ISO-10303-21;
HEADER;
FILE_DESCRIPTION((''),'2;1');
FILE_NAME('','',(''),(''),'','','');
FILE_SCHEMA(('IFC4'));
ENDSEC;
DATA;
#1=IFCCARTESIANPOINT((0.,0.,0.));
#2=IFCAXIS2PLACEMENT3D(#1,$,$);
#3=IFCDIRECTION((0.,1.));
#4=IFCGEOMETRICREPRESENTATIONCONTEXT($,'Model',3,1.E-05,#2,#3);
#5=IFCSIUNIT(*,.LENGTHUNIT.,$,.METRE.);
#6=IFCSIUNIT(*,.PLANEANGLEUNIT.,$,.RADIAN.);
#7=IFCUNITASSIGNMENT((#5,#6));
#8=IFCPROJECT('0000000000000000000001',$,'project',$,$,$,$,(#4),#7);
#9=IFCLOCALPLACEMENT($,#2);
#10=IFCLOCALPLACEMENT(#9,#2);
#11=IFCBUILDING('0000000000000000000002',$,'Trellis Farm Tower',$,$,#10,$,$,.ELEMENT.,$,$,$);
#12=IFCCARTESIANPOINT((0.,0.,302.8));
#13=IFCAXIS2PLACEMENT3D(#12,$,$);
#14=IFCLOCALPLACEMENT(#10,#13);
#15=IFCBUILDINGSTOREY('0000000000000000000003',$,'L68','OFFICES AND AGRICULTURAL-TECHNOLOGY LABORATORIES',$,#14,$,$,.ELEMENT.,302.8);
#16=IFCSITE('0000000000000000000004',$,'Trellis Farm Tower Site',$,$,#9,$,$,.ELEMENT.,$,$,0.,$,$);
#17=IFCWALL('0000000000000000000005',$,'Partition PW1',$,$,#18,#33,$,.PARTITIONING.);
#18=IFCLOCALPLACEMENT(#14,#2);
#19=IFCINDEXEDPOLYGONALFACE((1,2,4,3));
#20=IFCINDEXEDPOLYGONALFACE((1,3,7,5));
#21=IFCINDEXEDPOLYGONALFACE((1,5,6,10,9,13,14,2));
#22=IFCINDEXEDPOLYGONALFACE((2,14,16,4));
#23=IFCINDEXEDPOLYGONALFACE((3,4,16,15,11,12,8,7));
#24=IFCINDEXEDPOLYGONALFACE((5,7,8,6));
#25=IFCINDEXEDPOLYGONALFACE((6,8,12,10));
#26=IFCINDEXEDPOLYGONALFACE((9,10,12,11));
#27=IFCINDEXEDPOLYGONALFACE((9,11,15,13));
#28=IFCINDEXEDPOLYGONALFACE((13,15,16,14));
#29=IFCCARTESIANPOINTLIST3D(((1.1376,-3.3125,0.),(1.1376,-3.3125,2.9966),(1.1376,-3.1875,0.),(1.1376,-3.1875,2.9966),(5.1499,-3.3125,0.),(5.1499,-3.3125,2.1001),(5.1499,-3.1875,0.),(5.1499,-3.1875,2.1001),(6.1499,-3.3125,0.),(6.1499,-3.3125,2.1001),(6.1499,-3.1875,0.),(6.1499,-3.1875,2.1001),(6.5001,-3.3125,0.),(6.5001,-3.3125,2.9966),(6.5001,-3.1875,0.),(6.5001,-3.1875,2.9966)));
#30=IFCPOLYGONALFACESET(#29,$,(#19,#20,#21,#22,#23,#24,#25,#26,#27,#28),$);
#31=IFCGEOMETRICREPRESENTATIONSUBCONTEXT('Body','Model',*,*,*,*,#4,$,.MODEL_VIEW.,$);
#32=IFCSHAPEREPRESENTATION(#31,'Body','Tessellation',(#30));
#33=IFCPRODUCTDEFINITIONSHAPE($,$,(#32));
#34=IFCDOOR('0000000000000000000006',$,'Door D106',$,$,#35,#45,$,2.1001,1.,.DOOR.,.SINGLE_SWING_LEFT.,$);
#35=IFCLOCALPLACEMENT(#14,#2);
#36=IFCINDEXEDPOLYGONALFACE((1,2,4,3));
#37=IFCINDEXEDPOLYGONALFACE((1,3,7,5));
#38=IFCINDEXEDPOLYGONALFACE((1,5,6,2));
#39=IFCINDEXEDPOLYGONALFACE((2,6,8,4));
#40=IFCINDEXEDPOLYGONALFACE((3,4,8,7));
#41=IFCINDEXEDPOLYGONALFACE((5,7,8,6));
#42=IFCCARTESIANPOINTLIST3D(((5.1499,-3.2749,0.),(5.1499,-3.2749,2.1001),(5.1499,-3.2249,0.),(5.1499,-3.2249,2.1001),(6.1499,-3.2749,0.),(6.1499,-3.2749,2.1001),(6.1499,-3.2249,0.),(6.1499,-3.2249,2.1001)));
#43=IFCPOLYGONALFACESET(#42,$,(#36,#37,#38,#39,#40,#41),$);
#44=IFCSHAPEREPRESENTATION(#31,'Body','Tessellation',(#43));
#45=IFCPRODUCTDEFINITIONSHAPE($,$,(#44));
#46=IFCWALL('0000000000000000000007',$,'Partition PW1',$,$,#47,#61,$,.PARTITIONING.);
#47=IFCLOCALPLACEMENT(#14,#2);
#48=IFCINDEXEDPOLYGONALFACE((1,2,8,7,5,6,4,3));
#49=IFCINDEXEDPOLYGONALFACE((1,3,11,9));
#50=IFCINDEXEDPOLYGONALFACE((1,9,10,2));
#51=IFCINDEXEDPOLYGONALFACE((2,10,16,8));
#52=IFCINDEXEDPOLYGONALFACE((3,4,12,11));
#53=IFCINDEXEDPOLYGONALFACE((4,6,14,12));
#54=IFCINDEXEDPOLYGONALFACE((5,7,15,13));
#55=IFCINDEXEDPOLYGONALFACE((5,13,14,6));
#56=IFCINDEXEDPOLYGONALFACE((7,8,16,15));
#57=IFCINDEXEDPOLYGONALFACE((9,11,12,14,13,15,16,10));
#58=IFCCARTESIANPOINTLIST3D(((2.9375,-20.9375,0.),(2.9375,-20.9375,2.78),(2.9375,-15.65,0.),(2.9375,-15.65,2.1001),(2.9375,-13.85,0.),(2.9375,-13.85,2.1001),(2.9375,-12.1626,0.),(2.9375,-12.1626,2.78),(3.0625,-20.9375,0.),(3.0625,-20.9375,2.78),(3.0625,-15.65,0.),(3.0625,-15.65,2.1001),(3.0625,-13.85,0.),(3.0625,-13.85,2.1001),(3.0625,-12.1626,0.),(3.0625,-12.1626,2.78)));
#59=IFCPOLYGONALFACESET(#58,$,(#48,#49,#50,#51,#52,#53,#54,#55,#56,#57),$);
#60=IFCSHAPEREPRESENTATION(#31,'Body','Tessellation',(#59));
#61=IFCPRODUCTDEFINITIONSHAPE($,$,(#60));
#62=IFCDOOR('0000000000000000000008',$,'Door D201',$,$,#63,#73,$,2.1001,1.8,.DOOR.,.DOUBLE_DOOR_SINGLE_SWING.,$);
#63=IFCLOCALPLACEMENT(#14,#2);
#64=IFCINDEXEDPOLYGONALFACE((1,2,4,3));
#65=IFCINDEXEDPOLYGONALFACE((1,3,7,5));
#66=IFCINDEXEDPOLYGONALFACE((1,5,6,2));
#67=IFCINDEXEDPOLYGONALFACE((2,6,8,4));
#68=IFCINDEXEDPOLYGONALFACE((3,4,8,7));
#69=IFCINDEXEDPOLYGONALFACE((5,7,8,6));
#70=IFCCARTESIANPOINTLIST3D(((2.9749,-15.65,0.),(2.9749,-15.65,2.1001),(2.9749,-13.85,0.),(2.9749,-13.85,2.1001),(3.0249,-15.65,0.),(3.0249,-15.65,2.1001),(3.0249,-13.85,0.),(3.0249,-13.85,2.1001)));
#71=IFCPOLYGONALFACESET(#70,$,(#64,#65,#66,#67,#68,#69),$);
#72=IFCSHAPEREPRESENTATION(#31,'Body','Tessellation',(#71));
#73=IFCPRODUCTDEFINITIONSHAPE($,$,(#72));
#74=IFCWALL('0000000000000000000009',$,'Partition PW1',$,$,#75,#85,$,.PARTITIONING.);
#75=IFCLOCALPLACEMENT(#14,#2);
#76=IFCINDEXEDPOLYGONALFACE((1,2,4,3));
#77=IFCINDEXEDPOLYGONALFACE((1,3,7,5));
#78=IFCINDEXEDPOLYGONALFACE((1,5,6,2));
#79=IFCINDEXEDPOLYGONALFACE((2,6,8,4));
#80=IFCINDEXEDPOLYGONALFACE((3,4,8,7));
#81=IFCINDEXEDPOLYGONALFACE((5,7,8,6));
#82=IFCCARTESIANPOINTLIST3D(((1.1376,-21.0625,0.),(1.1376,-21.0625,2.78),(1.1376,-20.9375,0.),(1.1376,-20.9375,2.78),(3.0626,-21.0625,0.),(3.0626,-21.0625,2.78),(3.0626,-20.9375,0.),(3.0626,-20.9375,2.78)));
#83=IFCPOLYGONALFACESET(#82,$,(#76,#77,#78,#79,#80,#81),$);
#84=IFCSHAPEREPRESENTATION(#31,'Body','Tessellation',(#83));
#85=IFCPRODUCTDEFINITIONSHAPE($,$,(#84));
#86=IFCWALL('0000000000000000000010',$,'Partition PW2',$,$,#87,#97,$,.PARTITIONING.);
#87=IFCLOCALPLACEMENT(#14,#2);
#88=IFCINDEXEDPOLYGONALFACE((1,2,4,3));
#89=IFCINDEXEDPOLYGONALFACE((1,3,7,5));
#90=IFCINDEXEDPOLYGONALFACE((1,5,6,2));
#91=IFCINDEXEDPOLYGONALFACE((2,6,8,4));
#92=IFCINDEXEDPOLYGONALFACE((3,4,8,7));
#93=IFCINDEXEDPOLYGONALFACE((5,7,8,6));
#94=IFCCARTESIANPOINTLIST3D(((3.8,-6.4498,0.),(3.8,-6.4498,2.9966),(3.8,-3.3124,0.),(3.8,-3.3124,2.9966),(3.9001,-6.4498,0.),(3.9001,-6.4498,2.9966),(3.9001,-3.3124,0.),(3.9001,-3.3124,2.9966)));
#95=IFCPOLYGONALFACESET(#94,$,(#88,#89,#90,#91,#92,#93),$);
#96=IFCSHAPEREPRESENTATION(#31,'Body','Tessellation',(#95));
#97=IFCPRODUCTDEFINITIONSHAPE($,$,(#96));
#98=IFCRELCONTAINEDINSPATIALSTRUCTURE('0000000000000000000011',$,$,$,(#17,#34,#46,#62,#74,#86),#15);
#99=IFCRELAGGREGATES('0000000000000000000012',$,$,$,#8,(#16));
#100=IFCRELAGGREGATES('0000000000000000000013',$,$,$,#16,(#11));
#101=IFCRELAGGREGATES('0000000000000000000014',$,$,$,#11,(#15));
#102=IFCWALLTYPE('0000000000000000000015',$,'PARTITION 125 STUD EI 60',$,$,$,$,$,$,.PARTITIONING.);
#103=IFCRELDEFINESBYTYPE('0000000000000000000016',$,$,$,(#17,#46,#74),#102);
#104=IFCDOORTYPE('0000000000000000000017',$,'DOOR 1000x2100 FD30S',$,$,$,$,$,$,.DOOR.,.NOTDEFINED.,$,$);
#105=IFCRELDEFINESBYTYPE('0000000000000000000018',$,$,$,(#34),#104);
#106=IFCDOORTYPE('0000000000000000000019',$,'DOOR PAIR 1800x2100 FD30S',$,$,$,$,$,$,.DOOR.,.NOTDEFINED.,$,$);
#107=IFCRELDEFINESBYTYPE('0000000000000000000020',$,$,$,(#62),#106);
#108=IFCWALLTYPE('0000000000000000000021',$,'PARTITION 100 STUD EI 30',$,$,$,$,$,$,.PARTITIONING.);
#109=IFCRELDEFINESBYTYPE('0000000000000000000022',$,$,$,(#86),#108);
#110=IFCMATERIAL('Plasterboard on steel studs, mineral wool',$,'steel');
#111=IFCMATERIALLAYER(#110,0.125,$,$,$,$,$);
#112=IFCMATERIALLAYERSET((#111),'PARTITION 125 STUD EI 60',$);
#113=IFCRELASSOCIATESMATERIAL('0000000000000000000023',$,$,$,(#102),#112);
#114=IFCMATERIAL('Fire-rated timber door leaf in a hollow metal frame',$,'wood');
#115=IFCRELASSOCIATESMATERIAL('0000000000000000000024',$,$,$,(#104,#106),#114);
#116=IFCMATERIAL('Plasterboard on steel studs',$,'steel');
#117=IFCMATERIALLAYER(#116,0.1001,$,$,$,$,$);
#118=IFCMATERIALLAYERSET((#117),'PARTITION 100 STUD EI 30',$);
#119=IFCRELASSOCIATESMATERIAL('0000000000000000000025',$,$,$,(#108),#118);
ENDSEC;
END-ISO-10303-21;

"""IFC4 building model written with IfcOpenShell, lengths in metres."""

from ifc_helpers import new_model, si_unit, direction, frame, frame_2d, origin, place, context, subcontext, project, spatial, rectangle, extrude, source, transform, mapped, material, layer, layer_set, type_object, element, fill, save


model = new_model("IFC4")

# Units and contexts
model_context = context("Model", 3, precision=1e-05, world=origin(), true_north=direction((0.0, 1.0)))
body_context = subcontext(model_context, "Body", "Model", "MODEL_VIEW")
ifc_project = project(units=[si_unit("LENGTHUNIT", "METRE"), si_unit("PLANEANGLEUNIT", "RADIAN")], contexts=[model_context])

# Site, building, storey
site_placement = place(None, origin())
site = spatial("IfcSite", under=ifc_project, at=site_placement, Name="Trellis Farm Tower Site", CompositionType="ELEMENT", RefElevation=0.0)
building_placement = place(site_placement, origin())
building = spatial("IfcBuilding", under=site, at=building_placement, Name="Trellis Farm Tower", CompositionType="ELEMENT")
storey_placement = place(building_placement, frame((0.0, 0.0, 302.8)))
storey = spatial("IfcBuildingStorey", under=building, at=storey_placement, Name="L68", Description="OFFICES AND AGRICULTURAL-TECHNOLOGY LABORATORIES", CompositionType="ELEMENT", Elevation=302.8)

# Shared definitions
shared_shape_1 = source(origin(), body_context, "Body", "SweptSolid", [
    extrude(rectangle(XDim=1.0, YDim=2.1001, at=frame_2d((0.5, 1.05))), frame((0.0, 0.0249, 0.0), z_axis=(0.0, -1.0, 0.0), x_axis=(1.0, 0.0, 0.0)), (0.0, 0.0, 1.0), 0.05),
])

# Walls, openings, doors
ifc_material_1 = material(Name="Plasterboard on steel studs, mineral wool", Category="steel")
ifc_layer_1 = layer(ifc_material_1, 0.125)
ifc_layer_set_1 = layer_set([ifc_layer_1], Name="PARTITION 125 STUD EI 60")
wall_type_1 = type_object("IfcWallType", Name="PARTITION 125 STUD EI 60", PredefinedType="PARTITIONING", material=ifc_layer_set_1)
shared_shape_2 = source(origin(), body_context, "Body", "SweptSolid", [
    extrude(rectangle(XDim=5.3625, YDim=0.125, at=frame_2d((2.6812, 0.0))), origin(), (0.0, 0.0, 1.0), 2.9966),
])
wall_1_placement = place(storey_placement, frame((6.5, -3.25, 0.0), z_axis=(0.0, 0.0, 1.0), x_axis=(-1.0, 0.0, 0.0)))
wall_1 = element("IfcWall", 1, at=wall_1_placement, inside=storey, type_object=wall_type_1, Name="Partition PW1", PredefinedType="PARTITIONING", context=body_context, shape_type="MappedRepresentation", body=[
    mapped(shared_shape_2, transform((0.0, 0.0, 0.0))),
])
shared_shape_3 = source(origin(), body_context, "Body", "SweptSolid", [
    extrude(rectangle(XDim=1.0, YDim=2.1001, at=frame_2d((0.5, 1.05))), frame((0.0, 0.0725, 0.0), z_axis=(0.0, -1.0, 0.0), x_axis=(1.0, 0.0, 0.0)), (0.0, 0.0, 1.0), 0.145),
])
opening_1_placement = place(wall_1_placement, frame((0.3501, 0.0, 0.0)))
opening_1 = element("IfcOpeningElement", 2, at=opening_1_placement, cuts=wall_1, PredefinedType="OPENING", context=body_context, shape_type="MappedRepresentation", body=[
    mapped(shared_shape_3, transform((0.0, 0.0, 0.0))),
])
ifc_material_2 = material(Name="Fire-rated timber door leaf in a hollow metal frame", Category="wood")
door_type_1 = type_object("IfcDoorType", Name="DOOR 1000x2100 FD30S", OperationType="NOTDEFINED", PredefinedType="DOOR", material=ifc_material_2)
door_1_placement = place(opening_1_placement, origin())
door_1 = element("IfcDoor", 3, at=door_1_placement, inside=storey, type_object=door_type_1, Name="Door D106", OperationType="SINGLE_SWING_LEFT", OverallHeight=2.1001, OverallWidth=1.0, PredefinedType="DOOR", context=body_context, shape_type="MappedRepresentation", body=[
    mapped(shared_shape_1, transform((0.0, 0.0, 0.0))),
])
fill(opening_1, door_1)
shared_shape_4 = source(origin(), body_context, "Body", "SweptSolid", [
    extrude(rectangle(XDim=8.7749, YDim=0.125, at=frame_2d((4.3875, 0.0))), origin(), (0.0, 0.0, 1.0), 2.78),
])
wall_2_placement = place(storey_placement, frame((3.0, -12.1626, 0.0), z_axis=(0.0, 0.0, 1.0), x_axis=(0.0, -1.0, 0.0)))
wall_2 = element("IfcWall", 4, at=wall_2_placement, inside=storey, type_object=wall_type_1, Name="Partition PW1", PredefinedType="PARTITIONING", context=body_context, shape_type="MappedRepresentation", body=[
    mapped(shared_shape_4, transform((0.0, 0.0, 0.0))),
])
shared_shape_5 = source(origin(), body_context, "Body", "SweptSolid", [
    extrude(rectangle(XDim=1.8, YDim=2.1001, at=frame_2d((0.8999, 1.05))), frame((0.0, 0.0725, 0.0), z_axis=(0.0, -1.0, 0.0), x_axis=(1.0, 0.0, 0.0)), (0.0, 0.0, 1.0), 0.145),
])
opening_2_placement = place(wall_2_placement, frame((1.6875, 0.0, 0.0)))
opening_2 = element("IfcOpeningElement", 5, at=opening_2_placement, cuts=wall_2, PredefinedType="OPENING", context=body_context, shape_type="MappedRepresentation", body=[
    mapped(shared_shape_5, transform((0.0, 0.0, 0.0))),
])
door_type_2 = type_object("IfcDoorType", Name="DOOR PAIR 1800x2100 FD30S", OperationType="NOTDEFINED", PredefinedType="DOOR", material=ifc_material_2)
shared_shape_6 = source(origin(), body_context, "Body", "SweptSolid", [
    extrude(rectangle(XDim=1.8, YDim=2.1001, at=frame_2d((0.8999, 1.05))), frame((0.0, 0.0249, 0.0), z_axis=(0.0, -1.0, 0.0), x_axis=(1.0, 0.0, 0.0)), (0.0, 0.0, 1.0), 0.05),
])
door_2_placement = place(opening_2_placement, origin())
door_2 = element("IfcDoor", 6, at=door_2_placement, inside=storey, type_object=door_type_2, Name="Door D201", OperationType="DOUBLE_DOOR_SINGLE_SWING", OverallHeight=2.1001, OverallWidth=1.8, PredefinedType="DOOR", context=body_context, shape_type="MappedRepresentation", body=[
    mapped(shared_shape_6, transform((0.0, 0.0, 0.0))),
])
fill(opening_2, door_2)

# Walls
shared_shape_7 = source(origin(), body_context, "Body", "SweptSolid", [
    extrude(rectangle(XDim=1.925, YDim=0.125, at=frame_2d((0.9624, 0.0))), origin(), (0.0, 0.0, 1.0), 2.78),
])
wall_3_placement = place(storey_placement, frame((3.0625, -21.0, 0.0), z_axis=(0.0, 0.0, 1.0), x_axis=(-1.0, 0.0, 0.0)))
element("IfcWall", 7, at=wall_3_placement, inside=storey, type_object=wall_type_1, Name="Partition PW1", PredefinedType="PARTITIONING", context=body_context, shape_type="MappedRepresentation", body=[
    mapped(shared_shape_7, transform((0.0, 0.0, 0.0))),
])
ifc_material_3 = material(Name="Plasterboard on steel studs", Category="steel")
ifc_layer_2 = layer(ifc_material_3, 0.1001)
ifc_layer_set_2 = layer_set([ifc_layer_2], Name="PARTITION 100 STUD EI 30")
wall_type_2 = type_object("IfcWallType", Name="PARTITION 100 STUD EI 30", PredefinedType="PARTITIONING", material=ifc_layer_set_2)
shared_shape_8 = source(origin(), body_context, "Body", "SweptSolid", [
    extrude(rectangle(XDim=3.1375, YDim=0.1001, at=frame_2d((1.5688, 0.0))), origin(), (0.0, 0.0, 1.0), 2.9966),
])
wall_4_placement = place(storey_placement, frame((3.8501, -6.45, 0.0), z_axis=(0.0, 0.0, 1.0), x_axis=(0.0, 1.0, 0.0)))
element("IfcWall", 8, at=wall_4_placement, inside=storey, type_object=wall_type_2, Name="Partition PW2", PredefinedType="PARTITIONING", context=body_context, shape_type="MappedRepresentation", body=[
    mapped(shared_shape_8, transform((0.0, 0.0, 0.0))),
])

save(model, "model.ifc")
